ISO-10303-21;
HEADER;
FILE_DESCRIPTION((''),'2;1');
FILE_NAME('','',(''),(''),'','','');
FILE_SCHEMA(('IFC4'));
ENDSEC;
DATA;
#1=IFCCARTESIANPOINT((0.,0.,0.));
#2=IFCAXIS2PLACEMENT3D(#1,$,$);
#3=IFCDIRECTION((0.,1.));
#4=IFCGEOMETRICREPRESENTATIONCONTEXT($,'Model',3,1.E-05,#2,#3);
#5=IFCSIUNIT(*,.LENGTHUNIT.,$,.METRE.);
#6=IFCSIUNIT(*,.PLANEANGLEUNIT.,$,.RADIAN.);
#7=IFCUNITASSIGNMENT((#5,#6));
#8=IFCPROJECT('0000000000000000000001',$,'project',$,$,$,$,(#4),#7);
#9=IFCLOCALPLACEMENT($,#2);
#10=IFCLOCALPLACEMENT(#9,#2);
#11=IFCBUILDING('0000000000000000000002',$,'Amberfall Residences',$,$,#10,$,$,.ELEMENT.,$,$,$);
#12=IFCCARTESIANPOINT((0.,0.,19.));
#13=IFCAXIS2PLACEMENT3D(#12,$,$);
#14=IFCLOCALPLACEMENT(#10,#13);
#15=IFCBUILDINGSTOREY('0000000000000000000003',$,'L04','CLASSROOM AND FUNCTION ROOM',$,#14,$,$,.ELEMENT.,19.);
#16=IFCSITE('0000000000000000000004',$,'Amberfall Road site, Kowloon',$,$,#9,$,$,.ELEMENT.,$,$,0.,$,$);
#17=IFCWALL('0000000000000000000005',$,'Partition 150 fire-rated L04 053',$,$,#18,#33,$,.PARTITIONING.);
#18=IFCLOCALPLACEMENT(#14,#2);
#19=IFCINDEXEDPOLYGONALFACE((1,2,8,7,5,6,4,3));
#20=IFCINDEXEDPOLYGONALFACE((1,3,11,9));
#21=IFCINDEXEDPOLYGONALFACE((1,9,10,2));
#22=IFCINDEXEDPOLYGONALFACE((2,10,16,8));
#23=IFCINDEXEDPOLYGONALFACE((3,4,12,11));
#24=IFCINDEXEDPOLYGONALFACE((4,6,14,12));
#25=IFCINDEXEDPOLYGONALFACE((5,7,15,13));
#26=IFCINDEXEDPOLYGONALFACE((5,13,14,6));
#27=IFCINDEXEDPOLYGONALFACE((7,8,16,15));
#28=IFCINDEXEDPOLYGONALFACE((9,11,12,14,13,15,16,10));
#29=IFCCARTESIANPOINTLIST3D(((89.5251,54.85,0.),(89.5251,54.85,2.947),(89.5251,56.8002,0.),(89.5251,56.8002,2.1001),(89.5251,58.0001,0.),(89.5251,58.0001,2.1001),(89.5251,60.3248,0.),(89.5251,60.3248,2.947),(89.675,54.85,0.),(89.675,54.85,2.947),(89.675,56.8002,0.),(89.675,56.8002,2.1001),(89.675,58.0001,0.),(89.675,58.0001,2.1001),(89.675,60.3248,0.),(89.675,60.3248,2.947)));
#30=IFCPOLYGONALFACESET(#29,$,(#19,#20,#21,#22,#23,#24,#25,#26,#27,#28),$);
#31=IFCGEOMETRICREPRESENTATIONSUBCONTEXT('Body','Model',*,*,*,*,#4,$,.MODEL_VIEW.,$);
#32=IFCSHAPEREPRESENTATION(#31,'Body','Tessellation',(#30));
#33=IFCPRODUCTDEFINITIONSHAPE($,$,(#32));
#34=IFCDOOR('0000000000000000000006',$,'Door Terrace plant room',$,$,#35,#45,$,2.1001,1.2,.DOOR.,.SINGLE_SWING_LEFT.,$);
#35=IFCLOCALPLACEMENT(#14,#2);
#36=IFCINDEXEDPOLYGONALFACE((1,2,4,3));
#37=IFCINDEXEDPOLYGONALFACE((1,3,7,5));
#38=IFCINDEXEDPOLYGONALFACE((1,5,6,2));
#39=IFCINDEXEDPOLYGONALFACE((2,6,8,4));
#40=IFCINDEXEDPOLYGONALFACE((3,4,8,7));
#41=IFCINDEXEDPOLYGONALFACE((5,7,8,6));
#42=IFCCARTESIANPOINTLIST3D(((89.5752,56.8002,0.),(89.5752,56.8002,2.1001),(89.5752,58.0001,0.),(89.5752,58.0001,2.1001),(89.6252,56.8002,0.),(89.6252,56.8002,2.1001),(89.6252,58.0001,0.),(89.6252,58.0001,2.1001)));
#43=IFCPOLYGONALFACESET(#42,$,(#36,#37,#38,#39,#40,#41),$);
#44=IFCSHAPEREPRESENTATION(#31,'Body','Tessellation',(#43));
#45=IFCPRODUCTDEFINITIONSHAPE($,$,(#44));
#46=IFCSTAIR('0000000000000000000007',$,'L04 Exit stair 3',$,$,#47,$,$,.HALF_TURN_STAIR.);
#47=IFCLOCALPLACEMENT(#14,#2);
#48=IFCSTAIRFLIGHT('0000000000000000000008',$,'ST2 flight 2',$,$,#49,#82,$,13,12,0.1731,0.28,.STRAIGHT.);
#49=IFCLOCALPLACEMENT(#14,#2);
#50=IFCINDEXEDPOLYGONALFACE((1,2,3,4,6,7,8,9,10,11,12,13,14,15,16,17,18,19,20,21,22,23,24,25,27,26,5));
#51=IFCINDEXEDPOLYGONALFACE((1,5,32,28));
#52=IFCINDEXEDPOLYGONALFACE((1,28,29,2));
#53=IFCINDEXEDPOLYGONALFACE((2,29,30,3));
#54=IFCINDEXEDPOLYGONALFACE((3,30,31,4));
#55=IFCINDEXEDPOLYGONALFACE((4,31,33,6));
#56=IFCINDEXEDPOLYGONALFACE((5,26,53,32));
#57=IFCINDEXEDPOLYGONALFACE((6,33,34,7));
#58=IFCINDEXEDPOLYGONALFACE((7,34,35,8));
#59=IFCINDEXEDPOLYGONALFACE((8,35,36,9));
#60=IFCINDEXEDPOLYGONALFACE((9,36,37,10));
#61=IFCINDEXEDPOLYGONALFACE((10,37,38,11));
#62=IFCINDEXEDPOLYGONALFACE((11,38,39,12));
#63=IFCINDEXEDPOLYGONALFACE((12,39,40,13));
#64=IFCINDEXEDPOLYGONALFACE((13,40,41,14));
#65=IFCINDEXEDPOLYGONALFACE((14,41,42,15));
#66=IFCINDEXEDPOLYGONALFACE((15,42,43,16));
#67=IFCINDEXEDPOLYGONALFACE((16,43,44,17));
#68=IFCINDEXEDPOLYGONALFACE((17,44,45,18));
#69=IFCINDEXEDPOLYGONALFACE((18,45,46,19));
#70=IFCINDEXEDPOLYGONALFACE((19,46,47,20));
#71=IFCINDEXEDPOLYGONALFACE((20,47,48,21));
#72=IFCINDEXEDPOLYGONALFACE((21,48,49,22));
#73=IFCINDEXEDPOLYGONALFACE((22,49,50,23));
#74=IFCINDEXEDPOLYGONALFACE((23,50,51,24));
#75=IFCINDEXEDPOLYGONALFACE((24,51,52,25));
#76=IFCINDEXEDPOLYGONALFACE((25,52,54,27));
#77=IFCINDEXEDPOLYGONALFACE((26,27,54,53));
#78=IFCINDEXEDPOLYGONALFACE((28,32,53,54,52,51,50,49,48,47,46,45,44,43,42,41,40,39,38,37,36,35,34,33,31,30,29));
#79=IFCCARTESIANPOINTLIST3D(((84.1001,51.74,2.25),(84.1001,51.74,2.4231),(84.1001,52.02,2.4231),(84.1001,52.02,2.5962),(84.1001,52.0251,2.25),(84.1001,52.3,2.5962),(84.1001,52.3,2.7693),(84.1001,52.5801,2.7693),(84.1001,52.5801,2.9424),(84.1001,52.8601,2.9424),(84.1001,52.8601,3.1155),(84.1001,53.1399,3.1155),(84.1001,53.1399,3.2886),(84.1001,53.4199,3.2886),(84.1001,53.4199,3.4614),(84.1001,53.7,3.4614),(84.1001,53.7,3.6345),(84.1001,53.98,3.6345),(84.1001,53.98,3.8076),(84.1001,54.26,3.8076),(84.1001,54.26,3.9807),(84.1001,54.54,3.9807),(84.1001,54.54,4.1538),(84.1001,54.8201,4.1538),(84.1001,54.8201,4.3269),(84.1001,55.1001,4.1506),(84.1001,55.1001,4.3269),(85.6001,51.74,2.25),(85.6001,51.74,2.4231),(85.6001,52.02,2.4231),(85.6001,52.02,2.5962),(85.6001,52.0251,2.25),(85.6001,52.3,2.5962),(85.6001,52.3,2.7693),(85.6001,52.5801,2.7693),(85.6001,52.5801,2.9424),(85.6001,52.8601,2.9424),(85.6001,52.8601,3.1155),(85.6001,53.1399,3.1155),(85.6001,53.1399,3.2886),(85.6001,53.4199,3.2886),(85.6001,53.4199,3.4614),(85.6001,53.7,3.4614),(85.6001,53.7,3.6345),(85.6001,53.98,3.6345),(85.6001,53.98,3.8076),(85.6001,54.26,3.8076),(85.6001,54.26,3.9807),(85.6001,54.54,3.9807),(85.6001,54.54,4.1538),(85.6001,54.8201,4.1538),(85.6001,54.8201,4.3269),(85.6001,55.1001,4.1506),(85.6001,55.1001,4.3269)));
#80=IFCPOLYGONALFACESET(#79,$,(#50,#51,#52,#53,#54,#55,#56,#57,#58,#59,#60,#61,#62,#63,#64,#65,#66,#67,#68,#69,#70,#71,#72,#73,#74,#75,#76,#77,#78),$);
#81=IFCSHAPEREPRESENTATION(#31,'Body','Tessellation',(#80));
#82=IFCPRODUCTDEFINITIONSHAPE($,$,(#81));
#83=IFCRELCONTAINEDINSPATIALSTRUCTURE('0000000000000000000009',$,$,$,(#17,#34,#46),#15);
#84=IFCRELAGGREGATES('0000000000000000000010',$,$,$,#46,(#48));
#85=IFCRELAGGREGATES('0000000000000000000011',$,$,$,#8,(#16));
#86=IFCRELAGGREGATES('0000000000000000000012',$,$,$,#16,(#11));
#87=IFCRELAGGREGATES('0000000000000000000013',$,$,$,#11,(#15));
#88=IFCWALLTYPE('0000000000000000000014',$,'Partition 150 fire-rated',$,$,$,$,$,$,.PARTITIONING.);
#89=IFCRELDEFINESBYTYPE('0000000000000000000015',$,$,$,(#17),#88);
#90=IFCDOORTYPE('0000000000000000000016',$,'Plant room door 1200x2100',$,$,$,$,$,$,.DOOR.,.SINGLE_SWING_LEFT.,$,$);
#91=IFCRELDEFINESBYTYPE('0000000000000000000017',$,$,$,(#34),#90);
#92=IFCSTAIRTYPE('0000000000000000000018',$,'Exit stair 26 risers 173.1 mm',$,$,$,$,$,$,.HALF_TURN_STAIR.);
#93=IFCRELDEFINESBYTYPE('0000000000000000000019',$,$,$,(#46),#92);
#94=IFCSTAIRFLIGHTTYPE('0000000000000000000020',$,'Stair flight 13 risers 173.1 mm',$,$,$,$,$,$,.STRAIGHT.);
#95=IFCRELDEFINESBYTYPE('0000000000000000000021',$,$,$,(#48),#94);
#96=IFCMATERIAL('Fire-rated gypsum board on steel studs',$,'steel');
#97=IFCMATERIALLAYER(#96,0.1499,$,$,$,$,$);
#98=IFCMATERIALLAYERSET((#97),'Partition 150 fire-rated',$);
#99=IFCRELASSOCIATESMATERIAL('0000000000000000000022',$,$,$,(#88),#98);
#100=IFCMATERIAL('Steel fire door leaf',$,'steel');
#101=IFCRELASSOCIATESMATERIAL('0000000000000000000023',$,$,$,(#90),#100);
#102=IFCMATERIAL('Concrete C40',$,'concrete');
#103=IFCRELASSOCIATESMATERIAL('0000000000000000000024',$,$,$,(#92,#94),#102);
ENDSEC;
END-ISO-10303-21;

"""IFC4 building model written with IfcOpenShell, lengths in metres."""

from ifc_helpers import new_model, si_unit, direction, frame, frame_2d, origin, place, context, subcontext, project, spatial, polyline, rectangle, outline, extrude, material, layer, layer_set, type_object, element, fill, aggregate, save


model = new_model("IFC4")

# Units and contexts
model_context = context("Model", 3, precision=1e-05, world=origin(), true_north=direction((0.0, 1.0)))
body_context = subcontext(model_context, "Body", "Model", "MODEL_VIEW")
ifc_project = project(units=[si_unit("LENGTHUNIT", "METRE"), si_unit("PLANEANGLEUNIT", "RADIAN")], contexts=[model_context])

# Site, building, storey
site_placement = place(None, origin())
site = spatial("IfcSite", under=ifc_project, at=site_placement, Name="Amberfall Road site, Kowloon", CompositionType="ELEMENT", RefElevation=0.0)
building_placement = place(site_placement, origin())
building = spatial("IfcBuilding", under=site, at=building_placement, Name="Amberfall Residences", CompositionType="ELEMENT")
storey_placement = place(building_placement, frame((0.0, 0.0, 19.0)))
storey = spatial("IfcBuildingStorey", under=building, at=storey_placement, Name="L04", Description="CLASSROOM AND FUNCTION ROOM", CompositionType="ELEMENT", Elevation=19.0)

# Shared definitions
ifc_material_1 = material(Name="Fire-rated gypsum board on steel studs", Category="steel")
ifc_layer_1 = layer(ifc_material_1, 0.1499)
ifc_layer_set_1 = layer_set([ifc_layer_1], Name="Partition 150 fire-rated")
wall_type = type_object("IfcWallType", Name="Partition 150 fire-rated", PredefinedType="PARTITIONING", material=ifc_layer_set_1)

# Shared definitions
ifc_material_2 = material(Name="Steel fire door leaf", Category="steel")

# Wall, opening, door
wall_1_placement = place(storey_placement, frame((89.6001, 54.8501, 0.0), z_axis=(0.0, 0.0, 1.0), x_axis=(0.0, 1.0, 0.0)))
wall_1 = element("IfcWall", 1, at=wall_1_placement, inside=storey, type_object=wall_type, Name="Partition 150 fire-rated L04 053", PredefinedType="PARTITIONING", context=body_context, shape_type="SweptSolid", body=[
    extrude(rectangle(XDim=5.4749, YDim=0.1499, at=frame_2d((2.7373, 0.0))), origin(), (0.0, 0.0, 1.0), 2.947),
])
opening_1_placement = place(wall_1_placement, frame((1.95, 0.0, 0.0)))
opening_1 = element("IfcOpeningElement", 2, at=opening_1_placement, cuts=wall_1, PredefinedType="OPENING", context=body_context, shape_type="SweptSolid", body=[
    extrude(rectangle(XDim=1.2, YDim=2.1001, at=frame_2d((0.6001, 1.05))), frame((0.0, 0.085, 0.0), z_axis=(0.0, -1.0, 0.0), x_axis=(1.0, 0.0, 0.0)), (0.0, 0.0, 1.0), 0.1699),
])
door_type_1 = type_object("IfcDoorType", Name="Plant room door 1200x2100", OperationType="SINGLE_SWING_LEFT", PredefinedType="DOOR", material=ifc_material_2)
door_1_placement = place(opening_1_placement, origin())
door_1 = element("IfcDoor", 3, at=door_1_placement, inside=storey, type_object=door_type_1, Name="Door Terrace plant room", OperationType="SINGLE_SWING_LEFT", OverallHeight=2.1001, OverallWidth=1.2, PredefinedType="DOOR", context=body_context, shape_type="SweptSolid", body=[
    extrude(rectangle(XDim=1.2, YDim=2.1001, at=frame_2d((0.6001, 1.05))), frame((0.0, 0.0249, 0.0), z_axis=(0.0, -1.0, 0.0), x_axis=(1.0, 0.0, 0.0)), (0.0, 0.0, 1.0), 0.05),
])
fill(opening_1, door_1)

# Stair, stair flight
ifc_material_3 = material(Name="Concrete C40", Category="concrete")
stair_type = type_object("IfcStairType", Name="Exit stair 26 risers 173.1 mm", PredefinedType="HALF_TURN_STAIR", material=ifc_material_3)
stair_placement = place(storey_placement, origin())
stair = element("IfcStair", 4, at=stair_placement, inside=storey, type_object=stair_type, Name="L04 Exit stair 3", PredefinedType="HALF_TURN_STAIR")
stair_flight_type = type_object("IfcStairFlightType", Name="Stair flight 13 risers 173.1 mm", PredefinedType="STRAIGHT", material=ifc_material_3)
stair_flight_placement = place(storey_placement, frame((84.8501, 51.74, 2.25), z_axis=(0.0, 0.0, 1.0), x_axis=(0.0, 1.0, 0.0)))
stair_flight = element("IfcStairFlight", 5, at=stair_flight_placement, type_object=stair_flight_type, Name="ST2 flight 2", NumberOfRisers=13, NumberOfTreads=12, PredefinedType="STRAIGHT", RiserHeight=0.1731, TreadLength=0.28, context=body_context, shape_type="SweptSolid", body=[
    extrude(outline(polyline([(0.0, 0.0), (0.0, 0.1731), (0.28, 0.1731), (0.28, 0.3462), (0.5601, 0.3462), (0.5601, 0.5193), (0.8401, 0.5193), (0.8401, 0.6924), (1.1201, 0.6924), (1.1201, 0.8655), (1.3999, 0.8655), (1.3999, 1.0386), (1.6799, 1.0386), (1.6799, 1.2114), (1.96, 1.2114), (1.96, 1.3845), (2.24, 1.3845), (2.24, 1.5576), (2.52, 1.5576), (2.52, 1.7307), (2.8, 1.7307), (2.8, 1.9038), (3.0801, 1.9038), (3.0801, 2.0769), (3.3601, 2.0769), (3.3601, 2.25), (3.3601, 1.9006), (0.2852, 0.0), (0.0, 0.0)])), frame((0.0, 0.75, 0.0), z_axis=(0.0, -1.0, 0.0), x_axis=(1.0, 0.0, 0.0)), (0.0, 0.0, 1.0), 1.5),
])
aggregate(stair, [stair_flight])

save(model, "model.ifc")
